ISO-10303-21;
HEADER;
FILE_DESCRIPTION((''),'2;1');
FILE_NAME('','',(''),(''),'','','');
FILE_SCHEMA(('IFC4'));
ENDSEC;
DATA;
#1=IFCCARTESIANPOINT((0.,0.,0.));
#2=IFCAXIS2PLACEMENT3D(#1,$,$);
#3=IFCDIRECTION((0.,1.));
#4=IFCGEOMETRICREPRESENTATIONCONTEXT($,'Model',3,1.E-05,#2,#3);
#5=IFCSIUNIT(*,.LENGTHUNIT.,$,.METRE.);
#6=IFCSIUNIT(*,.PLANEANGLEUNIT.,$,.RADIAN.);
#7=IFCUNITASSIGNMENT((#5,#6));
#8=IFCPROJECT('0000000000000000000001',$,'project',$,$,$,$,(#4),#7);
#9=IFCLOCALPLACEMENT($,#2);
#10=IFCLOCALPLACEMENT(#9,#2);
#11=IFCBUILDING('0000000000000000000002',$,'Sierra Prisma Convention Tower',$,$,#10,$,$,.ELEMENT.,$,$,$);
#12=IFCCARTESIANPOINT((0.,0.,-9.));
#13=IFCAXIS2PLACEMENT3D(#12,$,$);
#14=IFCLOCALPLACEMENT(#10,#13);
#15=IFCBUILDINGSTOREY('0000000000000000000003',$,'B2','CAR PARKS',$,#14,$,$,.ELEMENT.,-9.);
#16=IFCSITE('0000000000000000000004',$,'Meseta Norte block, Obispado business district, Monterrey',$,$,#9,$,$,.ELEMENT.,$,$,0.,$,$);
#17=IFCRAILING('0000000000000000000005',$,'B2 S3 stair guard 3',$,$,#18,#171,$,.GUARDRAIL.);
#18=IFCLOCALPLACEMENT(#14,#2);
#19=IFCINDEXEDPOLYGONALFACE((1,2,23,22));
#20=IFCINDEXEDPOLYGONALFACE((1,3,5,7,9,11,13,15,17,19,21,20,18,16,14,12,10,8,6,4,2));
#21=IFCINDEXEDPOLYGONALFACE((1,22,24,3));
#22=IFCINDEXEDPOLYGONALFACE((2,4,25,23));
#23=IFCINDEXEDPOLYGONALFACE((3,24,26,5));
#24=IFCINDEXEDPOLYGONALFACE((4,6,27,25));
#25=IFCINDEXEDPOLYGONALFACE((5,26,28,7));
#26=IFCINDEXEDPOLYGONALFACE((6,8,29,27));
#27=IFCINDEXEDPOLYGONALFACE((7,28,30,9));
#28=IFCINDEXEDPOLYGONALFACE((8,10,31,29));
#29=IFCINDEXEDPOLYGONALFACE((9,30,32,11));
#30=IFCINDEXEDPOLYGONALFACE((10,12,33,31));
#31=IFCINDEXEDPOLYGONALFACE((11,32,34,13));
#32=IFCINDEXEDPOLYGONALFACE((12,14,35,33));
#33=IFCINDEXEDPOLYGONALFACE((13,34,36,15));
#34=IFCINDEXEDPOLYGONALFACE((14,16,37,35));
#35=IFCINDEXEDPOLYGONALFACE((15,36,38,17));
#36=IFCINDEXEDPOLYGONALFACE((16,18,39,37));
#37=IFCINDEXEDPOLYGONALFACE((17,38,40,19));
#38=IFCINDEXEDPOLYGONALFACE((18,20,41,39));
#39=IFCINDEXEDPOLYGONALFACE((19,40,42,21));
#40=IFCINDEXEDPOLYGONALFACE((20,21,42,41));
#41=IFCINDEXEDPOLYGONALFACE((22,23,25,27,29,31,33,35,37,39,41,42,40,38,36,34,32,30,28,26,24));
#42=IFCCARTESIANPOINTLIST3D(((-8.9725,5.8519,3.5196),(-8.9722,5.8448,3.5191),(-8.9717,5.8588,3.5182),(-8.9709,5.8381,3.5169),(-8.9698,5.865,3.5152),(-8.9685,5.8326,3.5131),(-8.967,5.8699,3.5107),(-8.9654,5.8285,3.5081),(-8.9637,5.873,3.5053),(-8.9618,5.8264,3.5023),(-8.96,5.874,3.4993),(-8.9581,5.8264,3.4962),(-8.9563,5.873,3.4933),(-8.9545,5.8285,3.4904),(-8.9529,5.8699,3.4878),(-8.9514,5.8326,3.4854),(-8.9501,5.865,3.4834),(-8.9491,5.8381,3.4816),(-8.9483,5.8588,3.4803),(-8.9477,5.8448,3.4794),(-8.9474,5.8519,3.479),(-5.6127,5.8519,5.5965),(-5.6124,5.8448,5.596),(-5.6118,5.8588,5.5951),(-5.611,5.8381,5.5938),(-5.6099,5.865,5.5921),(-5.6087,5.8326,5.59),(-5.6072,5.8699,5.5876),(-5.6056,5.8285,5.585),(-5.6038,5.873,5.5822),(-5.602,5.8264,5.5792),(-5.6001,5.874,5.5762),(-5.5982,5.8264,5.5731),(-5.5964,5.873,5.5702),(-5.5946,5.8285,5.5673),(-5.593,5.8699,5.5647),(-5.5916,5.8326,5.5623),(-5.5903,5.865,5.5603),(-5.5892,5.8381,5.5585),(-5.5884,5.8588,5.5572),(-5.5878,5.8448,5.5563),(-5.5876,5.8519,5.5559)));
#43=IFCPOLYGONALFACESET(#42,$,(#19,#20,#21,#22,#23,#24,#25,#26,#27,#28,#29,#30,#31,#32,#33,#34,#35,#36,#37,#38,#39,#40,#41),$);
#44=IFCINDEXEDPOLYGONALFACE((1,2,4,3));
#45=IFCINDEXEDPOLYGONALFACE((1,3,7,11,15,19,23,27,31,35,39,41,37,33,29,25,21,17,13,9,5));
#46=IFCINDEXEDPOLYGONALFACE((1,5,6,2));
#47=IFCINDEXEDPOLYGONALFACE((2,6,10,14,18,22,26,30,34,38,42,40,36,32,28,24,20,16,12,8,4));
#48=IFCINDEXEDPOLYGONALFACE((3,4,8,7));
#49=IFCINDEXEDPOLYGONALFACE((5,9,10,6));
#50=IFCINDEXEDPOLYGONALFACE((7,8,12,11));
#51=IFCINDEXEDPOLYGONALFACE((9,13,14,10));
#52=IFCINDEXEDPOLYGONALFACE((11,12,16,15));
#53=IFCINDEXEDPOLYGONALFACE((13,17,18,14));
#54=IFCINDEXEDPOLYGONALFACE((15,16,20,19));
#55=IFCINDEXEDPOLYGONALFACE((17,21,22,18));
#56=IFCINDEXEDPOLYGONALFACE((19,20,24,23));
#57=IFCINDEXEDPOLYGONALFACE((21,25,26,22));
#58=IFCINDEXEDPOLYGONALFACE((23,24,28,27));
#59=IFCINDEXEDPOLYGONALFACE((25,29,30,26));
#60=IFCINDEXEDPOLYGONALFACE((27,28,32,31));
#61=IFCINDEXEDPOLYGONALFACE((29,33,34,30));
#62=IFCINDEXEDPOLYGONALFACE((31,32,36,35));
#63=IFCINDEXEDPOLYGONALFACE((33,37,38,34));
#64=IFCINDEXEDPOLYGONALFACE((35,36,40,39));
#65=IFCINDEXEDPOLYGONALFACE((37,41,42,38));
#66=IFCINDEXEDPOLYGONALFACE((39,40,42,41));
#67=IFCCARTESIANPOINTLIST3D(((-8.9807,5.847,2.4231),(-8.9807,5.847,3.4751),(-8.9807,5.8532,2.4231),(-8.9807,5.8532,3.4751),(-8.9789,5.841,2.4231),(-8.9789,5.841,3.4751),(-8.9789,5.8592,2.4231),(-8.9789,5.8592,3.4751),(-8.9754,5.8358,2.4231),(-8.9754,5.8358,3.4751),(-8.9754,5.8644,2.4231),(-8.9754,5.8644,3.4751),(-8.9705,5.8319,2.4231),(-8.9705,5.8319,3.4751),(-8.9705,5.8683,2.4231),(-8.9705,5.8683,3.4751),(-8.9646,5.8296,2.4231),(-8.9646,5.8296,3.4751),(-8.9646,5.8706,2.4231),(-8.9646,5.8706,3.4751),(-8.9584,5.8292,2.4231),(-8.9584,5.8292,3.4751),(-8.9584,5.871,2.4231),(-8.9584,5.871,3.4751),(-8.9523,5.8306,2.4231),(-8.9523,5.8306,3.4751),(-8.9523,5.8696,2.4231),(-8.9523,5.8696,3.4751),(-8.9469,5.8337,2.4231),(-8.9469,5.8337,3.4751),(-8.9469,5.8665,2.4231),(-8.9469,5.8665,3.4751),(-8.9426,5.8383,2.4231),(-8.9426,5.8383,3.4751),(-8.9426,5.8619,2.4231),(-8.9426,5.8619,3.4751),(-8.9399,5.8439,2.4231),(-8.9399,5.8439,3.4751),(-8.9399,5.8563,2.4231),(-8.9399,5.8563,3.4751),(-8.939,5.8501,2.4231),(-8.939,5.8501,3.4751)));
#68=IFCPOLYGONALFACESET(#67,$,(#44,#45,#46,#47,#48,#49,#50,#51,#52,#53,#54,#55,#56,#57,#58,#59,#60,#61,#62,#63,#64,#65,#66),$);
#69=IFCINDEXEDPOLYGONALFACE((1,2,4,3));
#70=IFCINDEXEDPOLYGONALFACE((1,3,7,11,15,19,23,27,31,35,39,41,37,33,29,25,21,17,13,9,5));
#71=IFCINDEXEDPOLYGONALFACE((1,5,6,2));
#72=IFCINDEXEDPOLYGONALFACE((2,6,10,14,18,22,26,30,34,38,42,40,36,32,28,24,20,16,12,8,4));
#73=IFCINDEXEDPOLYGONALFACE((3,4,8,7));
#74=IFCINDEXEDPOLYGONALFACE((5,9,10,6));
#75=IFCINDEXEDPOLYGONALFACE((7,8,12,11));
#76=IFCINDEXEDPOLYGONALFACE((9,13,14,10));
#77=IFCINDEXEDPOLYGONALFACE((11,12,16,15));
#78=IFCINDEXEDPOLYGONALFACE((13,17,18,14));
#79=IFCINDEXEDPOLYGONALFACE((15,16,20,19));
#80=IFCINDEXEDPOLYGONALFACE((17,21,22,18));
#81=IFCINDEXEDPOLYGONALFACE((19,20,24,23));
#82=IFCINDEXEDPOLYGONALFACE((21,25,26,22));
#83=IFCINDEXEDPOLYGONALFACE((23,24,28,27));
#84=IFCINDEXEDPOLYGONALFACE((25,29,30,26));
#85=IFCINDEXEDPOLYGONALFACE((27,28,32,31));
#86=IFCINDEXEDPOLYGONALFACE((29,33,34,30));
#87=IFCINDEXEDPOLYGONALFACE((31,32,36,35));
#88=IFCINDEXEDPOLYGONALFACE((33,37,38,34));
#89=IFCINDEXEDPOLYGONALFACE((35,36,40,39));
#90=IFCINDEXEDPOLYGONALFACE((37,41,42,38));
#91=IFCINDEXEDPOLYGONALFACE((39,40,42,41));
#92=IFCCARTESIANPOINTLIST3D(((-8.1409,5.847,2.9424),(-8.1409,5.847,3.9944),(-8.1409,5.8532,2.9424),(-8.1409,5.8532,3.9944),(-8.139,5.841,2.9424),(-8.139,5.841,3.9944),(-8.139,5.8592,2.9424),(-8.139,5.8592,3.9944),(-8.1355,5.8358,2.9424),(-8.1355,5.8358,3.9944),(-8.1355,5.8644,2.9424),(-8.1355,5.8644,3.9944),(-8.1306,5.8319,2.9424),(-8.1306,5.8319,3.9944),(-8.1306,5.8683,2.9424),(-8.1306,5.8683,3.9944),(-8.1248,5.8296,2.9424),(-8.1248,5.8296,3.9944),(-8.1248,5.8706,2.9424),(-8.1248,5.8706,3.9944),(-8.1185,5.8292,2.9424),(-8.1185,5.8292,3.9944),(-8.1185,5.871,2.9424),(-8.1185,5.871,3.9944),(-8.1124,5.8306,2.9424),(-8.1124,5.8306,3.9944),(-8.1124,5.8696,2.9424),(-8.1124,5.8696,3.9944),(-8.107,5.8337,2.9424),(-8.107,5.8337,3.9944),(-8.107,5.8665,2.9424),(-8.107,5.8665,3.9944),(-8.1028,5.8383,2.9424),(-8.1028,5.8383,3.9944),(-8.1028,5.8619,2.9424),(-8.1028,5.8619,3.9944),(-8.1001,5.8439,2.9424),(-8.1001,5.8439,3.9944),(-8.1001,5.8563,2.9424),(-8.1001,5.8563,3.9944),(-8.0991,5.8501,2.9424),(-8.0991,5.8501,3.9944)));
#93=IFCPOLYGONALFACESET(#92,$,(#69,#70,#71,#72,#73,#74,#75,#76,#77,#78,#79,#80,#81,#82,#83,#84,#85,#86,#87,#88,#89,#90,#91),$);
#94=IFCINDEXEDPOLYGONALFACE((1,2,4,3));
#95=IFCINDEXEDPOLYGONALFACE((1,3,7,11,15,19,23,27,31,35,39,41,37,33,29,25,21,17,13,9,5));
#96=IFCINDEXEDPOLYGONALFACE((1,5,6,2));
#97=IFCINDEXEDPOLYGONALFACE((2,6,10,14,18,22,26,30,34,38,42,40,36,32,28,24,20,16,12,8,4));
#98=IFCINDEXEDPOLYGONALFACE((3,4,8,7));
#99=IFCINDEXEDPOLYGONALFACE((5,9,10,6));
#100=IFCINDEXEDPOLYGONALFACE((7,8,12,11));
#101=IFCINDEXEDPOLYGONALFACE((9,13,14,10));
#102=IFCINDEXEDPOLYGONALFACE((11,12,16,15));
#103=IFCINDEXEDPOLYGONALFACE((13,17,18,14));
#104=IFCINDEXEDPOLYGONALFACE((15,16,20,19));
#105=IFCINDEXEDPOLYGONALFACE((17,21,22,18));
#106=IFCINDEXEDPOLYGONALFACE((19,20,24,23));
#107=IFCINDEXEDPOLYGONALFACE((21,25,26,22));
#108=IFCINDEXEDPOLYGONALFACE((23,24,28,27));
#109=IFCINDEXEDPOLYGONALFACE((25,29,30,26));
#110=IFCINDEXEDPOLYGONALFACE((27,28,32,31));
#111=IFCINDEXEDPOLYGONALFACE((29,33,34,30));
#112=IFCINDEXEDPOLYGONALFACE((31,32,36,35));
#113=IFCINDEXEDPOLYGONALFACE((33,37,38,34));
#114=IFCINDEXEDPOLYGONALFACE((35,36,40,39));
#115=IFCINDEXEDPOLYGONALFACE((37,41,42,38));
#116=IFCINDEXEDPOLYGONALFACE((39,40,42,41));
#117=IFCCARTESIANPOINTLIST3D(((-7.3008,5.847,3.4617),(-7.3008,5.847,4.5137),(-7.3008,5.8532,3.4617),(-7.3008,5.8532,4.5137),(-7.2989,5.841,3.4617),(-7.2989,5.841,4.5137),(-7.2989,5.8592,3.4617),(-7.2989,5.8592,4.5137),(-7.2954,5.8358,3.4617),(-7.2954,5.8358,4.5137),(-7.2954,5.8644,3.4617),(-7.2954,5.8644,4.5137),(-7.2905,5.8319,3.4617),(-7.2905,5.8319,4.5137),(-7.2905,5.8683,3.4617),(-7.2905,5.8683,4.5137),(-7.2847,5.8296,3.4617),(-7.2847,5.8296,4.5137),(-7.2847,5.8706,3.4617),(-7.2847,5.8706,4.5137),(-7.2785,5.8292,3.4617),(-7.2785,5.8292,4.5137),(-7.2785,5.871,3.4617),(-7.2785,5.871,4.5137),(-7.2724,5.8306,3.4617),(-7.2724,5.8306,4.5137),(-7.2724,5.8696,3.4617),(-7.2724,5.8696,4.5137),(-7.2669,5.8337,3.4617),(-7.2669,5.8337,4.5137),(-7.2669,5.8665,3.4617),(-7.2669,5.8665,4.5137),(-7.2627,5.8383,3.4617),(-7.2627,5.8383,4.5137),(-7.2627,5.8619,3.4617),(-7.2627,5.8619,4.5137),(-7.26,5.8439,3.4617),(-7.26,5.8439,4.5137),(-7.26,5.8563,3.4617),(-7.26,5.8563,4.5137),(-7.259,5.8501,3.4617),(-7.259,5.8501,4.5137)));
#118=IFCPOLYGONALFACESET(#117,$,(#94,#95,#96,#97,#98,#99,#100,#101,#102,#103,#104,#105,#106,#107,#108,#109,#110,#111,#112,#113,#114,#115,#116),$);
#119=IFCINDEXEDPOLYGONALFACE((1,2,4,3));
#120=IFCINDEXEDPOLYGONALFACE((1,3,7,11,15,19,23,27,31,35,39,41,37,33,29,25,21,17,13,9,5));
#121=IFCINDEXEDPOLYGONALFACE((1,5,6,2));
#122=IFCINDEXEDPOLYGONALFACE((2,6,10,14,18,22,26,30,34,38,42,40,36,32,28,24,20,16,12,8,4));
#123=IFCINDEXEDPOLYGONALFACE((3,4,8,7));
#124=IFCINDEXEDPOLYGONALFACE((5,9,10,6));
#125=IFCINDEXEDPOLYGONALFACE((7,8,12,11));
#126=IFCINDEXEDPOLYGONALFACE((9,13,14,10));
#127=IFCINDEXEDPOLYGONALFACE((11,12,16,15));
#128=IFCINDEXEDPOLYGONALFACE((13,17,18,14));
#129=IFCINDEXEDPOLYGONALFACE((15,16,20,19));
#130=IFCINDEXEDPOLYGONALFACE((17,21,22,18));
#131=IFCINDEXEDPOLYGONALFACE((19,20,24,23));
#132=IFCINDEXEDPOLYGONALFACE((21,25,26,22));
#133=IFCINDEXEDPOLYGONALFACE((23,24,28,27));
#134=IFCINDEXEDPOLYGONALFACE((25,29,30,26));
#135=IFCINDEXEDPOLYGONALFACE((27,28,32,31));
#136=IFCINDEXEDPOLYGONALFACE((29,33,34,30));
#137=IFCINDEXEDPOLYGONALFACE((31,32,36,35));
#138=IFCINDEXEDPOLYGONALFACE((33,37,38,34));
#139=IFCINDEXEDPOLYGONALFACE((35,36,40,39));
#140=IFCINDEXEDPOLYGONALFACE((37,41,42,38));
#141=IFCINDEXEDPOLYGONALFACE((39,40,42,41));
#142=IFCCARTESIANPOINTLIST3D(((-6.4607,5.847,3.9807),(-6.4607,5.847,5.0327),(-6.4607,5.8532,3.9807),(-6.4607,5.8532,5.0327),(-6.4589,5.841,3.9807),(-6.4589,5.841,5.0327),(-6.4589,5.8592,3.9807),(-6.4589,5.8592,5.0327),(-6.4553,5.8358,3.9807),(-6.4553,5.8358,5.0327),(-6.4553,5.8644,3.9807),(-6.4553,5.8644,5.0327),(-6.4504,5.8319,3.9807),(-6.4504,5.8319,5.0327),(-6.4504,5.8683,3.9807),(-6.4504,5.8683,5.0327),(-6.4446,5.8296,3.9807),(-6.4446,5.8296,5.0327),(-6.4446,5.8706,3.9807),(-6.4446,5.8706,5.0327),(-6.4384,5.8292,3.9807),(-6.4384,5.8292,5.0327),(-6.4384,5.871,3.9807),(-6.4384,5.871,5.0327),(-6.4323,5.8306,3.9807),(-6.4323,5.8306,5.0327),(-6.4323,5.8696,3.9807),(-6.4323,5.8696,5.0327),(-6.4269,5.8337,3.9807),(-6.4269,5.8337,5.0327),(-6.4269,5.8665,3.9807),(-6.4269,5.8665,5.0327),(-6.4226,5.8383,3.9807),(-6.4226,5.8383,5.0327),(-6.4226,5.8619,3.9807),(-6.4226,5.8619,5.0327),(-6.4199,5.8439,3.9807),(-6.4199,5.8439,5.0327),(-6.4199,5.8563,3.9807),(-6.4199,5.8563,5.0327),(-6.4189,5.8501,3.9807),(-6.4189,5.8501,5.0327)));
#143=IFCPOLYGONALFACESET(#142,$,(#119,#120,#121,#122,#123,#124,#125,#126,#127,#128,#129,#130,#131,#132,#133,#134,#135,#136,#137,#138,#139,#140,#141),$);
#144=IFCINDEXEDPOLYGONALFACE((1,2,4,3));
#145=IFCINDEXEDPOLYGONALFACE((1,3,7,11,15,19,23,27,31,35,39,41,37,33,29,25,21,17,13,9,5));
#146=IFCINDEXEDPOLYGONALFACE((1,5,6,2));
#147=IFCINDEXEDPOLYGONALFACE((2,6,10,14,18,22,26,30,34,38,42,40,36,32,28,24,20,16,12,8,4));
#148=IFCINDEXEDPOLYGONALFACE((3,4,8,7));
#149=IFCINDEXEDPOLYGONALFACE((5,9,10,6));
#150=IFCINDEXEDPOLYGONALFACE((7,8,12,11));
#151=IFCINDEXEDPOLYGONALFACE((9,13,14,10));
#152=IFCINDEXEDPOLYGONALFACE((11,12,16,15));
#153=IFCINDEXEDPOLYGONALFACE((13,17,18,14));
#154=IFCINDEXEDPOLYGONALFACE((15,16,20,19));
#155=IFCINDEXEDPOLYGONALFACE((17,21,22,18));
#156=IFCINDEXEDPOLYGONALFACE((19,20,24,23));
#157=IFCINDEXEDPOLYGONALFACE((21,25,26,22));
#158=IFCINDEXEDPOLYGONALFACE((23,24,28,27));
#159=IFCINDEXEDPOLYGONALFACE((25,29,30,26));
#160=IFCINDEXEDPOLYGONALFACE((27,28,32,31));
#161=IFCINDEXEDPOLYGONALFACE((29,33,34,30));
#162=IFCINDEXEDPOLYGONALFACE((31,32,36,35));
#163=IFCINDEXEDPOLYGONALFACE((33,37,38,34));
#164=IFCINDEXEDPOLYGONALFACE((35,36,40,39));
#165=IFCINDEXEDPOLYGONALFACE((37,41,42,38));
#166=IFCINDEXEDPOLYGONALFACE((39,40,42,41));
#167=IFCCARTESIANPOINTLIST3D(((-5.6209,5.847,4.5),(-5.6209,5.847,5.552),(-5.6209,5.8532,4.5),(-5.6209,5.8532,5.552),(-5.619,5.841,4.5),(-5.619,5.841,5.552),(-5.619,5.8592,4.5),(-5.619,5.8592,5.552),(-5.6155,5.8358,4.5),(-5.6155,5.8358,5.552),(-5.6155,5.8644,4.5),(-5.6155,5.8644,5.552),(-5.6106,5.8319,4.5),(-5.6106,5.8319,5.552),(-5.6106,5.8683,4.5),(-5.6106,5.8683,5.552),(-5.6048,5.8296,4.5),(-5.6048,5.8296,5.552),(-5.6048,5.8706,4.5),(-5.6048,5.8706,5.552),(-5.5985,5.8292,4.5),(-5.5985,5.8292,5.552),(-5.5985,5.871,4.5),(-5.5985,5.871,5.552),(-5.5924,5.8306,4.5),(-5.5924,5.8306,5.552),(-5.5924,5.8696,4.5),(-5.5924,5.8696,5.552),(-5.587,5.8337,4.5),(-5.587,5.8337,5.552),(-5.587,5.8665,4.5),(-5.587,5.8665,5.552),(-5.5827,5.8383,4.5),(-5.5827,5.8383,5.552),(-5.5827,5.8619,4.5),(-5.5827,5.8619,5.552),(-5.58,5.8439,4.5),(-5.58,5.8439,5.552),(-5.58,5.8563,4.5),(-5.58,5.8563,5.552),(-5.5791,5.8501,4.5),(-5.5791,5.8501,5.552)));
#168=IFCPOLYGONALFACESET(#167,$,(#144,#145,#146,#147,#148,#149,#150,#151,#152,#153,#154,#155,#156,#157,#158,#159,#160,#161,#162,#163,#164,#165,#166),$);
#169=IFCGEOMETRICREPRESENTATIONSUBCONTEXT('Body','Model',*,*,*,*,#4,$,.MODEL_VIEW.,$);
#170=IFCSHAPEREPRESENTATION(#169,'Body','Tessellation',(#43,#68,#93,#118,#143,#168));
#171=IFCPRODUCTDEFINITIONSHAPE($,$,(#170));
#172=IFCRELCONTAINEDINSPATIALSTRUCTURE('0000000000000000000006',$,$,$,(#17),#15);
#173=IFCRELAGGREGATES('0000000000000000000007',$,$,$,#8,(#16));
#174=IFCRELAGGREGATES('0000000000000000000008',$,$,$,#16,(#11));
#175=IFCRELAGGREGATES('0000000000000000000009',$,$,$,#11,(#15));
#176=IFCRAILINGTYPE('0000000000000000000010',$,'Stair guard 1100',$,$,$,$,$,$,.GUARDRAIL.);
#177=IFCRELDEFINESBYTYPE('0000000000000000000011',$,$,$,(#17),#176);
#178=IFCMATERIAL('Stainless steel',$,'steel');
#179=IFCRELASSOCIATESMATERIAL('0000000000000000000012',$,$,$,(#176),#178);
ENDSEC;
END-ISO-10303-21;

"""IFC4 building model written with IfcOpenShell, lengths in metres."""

from ifc_helpers import new_model, si_unit, direction, frame, origin, origin_2d, place, context, subcontext, project, spatial, circle, extrude, material, type_object, element, save


model = new_model("IFC4")

# Units and contexts
model_context = context("Model", 3, precision=1e-05, world=origin(), true_north=direction((0.0, 1.0)))
body_context = subcontext(model_context, "Body", "Model", "MODEL_VIEW")
ifc_project = project(units=[si_unit("LENGTHUNIT", "METRE"), si_unit("PLANEANGLEUNIT", "RADIAN")], contexts=[model_context])

# Site, building, storey
site_placement = place(None, origin())
site = spatial("IfcSite", under=ifc_project, at=site_placement, Name="Meseta Norte block, Obispado business district, Monterrey", CompositionType="ELEMENT", RefElevation=0.0)
building_placement = place(site_placement, origin())
building = spatial("IfcBuilding", under=site, at=building_placement, Name="Sierra Prisma Convention Tower", CompositionType="ELEMENT")
storey_placement = place(building_placement, frame((0.0, 0.0, -9.0)))
storey = spatial("IfcBuildingStorey", under=building, at=storey_placement, Name="B2", Description="CAR PARKS", CompositionType="ELEMENT", Elevation=-9.0)

# Railing
ifc_material_1 = material(Name="Stainless steel", Category="steel")
railing_type_1 = type_object("IfcRailingType", Name="Stair guard 1100", PredefinedType="GUARDRAIL", material=ifc_material_1)
railing_1_placement = place(storey_placement, frame((-8.96, 5.8501, 2.4231)))
element("IfcRailing", 1, at=railing_1_placement, inside=storey, type_object=railing_type_1, Name="B2 S3 stair guard 3", PredefinedType="GUARDRAIL", context=body_context, shape_type="SweptSolid", body=[
    extrude(circle(Radius=0.0239, at=origin_2d()), frame((0.0, 0.0, 1.0762), z_axis=(0.850606, 0.0, 0.525803), x_axis=(0.0, 1.0, 0.0)), (0.0, 0.0, 1.0), 3.95),
    extrude(circle(Radius=0.021, at=origin_2d()), origin(), (0.0, 0.0, 1.0), 1.052),
    extrude(circle(Radius=0.021, at=origin_2d()), frame((0.8398, 0.0, 0.5193)), (0.0, 0.0, 1.0), 1.052),
    extrude(circle(Radius=0.021, at=origin_2d()), frame((1.6799, 0.0, 1.0386)), (0.0, 0.0, 1.0), 1.052),
    extrude(circle(Radius=0.021, at=origin_2d()), frame((2.52, 0.0, 1.5576)), (0.0, 0.0, 1.0), 1.052),
    extrude(circle(Radius=0.021, at=origin_2d()), frame((3.3599, 0.0, 2.0769)), (0.0, 0.0, 1.0), 1.052),
])

save(model, "model.ifc")
